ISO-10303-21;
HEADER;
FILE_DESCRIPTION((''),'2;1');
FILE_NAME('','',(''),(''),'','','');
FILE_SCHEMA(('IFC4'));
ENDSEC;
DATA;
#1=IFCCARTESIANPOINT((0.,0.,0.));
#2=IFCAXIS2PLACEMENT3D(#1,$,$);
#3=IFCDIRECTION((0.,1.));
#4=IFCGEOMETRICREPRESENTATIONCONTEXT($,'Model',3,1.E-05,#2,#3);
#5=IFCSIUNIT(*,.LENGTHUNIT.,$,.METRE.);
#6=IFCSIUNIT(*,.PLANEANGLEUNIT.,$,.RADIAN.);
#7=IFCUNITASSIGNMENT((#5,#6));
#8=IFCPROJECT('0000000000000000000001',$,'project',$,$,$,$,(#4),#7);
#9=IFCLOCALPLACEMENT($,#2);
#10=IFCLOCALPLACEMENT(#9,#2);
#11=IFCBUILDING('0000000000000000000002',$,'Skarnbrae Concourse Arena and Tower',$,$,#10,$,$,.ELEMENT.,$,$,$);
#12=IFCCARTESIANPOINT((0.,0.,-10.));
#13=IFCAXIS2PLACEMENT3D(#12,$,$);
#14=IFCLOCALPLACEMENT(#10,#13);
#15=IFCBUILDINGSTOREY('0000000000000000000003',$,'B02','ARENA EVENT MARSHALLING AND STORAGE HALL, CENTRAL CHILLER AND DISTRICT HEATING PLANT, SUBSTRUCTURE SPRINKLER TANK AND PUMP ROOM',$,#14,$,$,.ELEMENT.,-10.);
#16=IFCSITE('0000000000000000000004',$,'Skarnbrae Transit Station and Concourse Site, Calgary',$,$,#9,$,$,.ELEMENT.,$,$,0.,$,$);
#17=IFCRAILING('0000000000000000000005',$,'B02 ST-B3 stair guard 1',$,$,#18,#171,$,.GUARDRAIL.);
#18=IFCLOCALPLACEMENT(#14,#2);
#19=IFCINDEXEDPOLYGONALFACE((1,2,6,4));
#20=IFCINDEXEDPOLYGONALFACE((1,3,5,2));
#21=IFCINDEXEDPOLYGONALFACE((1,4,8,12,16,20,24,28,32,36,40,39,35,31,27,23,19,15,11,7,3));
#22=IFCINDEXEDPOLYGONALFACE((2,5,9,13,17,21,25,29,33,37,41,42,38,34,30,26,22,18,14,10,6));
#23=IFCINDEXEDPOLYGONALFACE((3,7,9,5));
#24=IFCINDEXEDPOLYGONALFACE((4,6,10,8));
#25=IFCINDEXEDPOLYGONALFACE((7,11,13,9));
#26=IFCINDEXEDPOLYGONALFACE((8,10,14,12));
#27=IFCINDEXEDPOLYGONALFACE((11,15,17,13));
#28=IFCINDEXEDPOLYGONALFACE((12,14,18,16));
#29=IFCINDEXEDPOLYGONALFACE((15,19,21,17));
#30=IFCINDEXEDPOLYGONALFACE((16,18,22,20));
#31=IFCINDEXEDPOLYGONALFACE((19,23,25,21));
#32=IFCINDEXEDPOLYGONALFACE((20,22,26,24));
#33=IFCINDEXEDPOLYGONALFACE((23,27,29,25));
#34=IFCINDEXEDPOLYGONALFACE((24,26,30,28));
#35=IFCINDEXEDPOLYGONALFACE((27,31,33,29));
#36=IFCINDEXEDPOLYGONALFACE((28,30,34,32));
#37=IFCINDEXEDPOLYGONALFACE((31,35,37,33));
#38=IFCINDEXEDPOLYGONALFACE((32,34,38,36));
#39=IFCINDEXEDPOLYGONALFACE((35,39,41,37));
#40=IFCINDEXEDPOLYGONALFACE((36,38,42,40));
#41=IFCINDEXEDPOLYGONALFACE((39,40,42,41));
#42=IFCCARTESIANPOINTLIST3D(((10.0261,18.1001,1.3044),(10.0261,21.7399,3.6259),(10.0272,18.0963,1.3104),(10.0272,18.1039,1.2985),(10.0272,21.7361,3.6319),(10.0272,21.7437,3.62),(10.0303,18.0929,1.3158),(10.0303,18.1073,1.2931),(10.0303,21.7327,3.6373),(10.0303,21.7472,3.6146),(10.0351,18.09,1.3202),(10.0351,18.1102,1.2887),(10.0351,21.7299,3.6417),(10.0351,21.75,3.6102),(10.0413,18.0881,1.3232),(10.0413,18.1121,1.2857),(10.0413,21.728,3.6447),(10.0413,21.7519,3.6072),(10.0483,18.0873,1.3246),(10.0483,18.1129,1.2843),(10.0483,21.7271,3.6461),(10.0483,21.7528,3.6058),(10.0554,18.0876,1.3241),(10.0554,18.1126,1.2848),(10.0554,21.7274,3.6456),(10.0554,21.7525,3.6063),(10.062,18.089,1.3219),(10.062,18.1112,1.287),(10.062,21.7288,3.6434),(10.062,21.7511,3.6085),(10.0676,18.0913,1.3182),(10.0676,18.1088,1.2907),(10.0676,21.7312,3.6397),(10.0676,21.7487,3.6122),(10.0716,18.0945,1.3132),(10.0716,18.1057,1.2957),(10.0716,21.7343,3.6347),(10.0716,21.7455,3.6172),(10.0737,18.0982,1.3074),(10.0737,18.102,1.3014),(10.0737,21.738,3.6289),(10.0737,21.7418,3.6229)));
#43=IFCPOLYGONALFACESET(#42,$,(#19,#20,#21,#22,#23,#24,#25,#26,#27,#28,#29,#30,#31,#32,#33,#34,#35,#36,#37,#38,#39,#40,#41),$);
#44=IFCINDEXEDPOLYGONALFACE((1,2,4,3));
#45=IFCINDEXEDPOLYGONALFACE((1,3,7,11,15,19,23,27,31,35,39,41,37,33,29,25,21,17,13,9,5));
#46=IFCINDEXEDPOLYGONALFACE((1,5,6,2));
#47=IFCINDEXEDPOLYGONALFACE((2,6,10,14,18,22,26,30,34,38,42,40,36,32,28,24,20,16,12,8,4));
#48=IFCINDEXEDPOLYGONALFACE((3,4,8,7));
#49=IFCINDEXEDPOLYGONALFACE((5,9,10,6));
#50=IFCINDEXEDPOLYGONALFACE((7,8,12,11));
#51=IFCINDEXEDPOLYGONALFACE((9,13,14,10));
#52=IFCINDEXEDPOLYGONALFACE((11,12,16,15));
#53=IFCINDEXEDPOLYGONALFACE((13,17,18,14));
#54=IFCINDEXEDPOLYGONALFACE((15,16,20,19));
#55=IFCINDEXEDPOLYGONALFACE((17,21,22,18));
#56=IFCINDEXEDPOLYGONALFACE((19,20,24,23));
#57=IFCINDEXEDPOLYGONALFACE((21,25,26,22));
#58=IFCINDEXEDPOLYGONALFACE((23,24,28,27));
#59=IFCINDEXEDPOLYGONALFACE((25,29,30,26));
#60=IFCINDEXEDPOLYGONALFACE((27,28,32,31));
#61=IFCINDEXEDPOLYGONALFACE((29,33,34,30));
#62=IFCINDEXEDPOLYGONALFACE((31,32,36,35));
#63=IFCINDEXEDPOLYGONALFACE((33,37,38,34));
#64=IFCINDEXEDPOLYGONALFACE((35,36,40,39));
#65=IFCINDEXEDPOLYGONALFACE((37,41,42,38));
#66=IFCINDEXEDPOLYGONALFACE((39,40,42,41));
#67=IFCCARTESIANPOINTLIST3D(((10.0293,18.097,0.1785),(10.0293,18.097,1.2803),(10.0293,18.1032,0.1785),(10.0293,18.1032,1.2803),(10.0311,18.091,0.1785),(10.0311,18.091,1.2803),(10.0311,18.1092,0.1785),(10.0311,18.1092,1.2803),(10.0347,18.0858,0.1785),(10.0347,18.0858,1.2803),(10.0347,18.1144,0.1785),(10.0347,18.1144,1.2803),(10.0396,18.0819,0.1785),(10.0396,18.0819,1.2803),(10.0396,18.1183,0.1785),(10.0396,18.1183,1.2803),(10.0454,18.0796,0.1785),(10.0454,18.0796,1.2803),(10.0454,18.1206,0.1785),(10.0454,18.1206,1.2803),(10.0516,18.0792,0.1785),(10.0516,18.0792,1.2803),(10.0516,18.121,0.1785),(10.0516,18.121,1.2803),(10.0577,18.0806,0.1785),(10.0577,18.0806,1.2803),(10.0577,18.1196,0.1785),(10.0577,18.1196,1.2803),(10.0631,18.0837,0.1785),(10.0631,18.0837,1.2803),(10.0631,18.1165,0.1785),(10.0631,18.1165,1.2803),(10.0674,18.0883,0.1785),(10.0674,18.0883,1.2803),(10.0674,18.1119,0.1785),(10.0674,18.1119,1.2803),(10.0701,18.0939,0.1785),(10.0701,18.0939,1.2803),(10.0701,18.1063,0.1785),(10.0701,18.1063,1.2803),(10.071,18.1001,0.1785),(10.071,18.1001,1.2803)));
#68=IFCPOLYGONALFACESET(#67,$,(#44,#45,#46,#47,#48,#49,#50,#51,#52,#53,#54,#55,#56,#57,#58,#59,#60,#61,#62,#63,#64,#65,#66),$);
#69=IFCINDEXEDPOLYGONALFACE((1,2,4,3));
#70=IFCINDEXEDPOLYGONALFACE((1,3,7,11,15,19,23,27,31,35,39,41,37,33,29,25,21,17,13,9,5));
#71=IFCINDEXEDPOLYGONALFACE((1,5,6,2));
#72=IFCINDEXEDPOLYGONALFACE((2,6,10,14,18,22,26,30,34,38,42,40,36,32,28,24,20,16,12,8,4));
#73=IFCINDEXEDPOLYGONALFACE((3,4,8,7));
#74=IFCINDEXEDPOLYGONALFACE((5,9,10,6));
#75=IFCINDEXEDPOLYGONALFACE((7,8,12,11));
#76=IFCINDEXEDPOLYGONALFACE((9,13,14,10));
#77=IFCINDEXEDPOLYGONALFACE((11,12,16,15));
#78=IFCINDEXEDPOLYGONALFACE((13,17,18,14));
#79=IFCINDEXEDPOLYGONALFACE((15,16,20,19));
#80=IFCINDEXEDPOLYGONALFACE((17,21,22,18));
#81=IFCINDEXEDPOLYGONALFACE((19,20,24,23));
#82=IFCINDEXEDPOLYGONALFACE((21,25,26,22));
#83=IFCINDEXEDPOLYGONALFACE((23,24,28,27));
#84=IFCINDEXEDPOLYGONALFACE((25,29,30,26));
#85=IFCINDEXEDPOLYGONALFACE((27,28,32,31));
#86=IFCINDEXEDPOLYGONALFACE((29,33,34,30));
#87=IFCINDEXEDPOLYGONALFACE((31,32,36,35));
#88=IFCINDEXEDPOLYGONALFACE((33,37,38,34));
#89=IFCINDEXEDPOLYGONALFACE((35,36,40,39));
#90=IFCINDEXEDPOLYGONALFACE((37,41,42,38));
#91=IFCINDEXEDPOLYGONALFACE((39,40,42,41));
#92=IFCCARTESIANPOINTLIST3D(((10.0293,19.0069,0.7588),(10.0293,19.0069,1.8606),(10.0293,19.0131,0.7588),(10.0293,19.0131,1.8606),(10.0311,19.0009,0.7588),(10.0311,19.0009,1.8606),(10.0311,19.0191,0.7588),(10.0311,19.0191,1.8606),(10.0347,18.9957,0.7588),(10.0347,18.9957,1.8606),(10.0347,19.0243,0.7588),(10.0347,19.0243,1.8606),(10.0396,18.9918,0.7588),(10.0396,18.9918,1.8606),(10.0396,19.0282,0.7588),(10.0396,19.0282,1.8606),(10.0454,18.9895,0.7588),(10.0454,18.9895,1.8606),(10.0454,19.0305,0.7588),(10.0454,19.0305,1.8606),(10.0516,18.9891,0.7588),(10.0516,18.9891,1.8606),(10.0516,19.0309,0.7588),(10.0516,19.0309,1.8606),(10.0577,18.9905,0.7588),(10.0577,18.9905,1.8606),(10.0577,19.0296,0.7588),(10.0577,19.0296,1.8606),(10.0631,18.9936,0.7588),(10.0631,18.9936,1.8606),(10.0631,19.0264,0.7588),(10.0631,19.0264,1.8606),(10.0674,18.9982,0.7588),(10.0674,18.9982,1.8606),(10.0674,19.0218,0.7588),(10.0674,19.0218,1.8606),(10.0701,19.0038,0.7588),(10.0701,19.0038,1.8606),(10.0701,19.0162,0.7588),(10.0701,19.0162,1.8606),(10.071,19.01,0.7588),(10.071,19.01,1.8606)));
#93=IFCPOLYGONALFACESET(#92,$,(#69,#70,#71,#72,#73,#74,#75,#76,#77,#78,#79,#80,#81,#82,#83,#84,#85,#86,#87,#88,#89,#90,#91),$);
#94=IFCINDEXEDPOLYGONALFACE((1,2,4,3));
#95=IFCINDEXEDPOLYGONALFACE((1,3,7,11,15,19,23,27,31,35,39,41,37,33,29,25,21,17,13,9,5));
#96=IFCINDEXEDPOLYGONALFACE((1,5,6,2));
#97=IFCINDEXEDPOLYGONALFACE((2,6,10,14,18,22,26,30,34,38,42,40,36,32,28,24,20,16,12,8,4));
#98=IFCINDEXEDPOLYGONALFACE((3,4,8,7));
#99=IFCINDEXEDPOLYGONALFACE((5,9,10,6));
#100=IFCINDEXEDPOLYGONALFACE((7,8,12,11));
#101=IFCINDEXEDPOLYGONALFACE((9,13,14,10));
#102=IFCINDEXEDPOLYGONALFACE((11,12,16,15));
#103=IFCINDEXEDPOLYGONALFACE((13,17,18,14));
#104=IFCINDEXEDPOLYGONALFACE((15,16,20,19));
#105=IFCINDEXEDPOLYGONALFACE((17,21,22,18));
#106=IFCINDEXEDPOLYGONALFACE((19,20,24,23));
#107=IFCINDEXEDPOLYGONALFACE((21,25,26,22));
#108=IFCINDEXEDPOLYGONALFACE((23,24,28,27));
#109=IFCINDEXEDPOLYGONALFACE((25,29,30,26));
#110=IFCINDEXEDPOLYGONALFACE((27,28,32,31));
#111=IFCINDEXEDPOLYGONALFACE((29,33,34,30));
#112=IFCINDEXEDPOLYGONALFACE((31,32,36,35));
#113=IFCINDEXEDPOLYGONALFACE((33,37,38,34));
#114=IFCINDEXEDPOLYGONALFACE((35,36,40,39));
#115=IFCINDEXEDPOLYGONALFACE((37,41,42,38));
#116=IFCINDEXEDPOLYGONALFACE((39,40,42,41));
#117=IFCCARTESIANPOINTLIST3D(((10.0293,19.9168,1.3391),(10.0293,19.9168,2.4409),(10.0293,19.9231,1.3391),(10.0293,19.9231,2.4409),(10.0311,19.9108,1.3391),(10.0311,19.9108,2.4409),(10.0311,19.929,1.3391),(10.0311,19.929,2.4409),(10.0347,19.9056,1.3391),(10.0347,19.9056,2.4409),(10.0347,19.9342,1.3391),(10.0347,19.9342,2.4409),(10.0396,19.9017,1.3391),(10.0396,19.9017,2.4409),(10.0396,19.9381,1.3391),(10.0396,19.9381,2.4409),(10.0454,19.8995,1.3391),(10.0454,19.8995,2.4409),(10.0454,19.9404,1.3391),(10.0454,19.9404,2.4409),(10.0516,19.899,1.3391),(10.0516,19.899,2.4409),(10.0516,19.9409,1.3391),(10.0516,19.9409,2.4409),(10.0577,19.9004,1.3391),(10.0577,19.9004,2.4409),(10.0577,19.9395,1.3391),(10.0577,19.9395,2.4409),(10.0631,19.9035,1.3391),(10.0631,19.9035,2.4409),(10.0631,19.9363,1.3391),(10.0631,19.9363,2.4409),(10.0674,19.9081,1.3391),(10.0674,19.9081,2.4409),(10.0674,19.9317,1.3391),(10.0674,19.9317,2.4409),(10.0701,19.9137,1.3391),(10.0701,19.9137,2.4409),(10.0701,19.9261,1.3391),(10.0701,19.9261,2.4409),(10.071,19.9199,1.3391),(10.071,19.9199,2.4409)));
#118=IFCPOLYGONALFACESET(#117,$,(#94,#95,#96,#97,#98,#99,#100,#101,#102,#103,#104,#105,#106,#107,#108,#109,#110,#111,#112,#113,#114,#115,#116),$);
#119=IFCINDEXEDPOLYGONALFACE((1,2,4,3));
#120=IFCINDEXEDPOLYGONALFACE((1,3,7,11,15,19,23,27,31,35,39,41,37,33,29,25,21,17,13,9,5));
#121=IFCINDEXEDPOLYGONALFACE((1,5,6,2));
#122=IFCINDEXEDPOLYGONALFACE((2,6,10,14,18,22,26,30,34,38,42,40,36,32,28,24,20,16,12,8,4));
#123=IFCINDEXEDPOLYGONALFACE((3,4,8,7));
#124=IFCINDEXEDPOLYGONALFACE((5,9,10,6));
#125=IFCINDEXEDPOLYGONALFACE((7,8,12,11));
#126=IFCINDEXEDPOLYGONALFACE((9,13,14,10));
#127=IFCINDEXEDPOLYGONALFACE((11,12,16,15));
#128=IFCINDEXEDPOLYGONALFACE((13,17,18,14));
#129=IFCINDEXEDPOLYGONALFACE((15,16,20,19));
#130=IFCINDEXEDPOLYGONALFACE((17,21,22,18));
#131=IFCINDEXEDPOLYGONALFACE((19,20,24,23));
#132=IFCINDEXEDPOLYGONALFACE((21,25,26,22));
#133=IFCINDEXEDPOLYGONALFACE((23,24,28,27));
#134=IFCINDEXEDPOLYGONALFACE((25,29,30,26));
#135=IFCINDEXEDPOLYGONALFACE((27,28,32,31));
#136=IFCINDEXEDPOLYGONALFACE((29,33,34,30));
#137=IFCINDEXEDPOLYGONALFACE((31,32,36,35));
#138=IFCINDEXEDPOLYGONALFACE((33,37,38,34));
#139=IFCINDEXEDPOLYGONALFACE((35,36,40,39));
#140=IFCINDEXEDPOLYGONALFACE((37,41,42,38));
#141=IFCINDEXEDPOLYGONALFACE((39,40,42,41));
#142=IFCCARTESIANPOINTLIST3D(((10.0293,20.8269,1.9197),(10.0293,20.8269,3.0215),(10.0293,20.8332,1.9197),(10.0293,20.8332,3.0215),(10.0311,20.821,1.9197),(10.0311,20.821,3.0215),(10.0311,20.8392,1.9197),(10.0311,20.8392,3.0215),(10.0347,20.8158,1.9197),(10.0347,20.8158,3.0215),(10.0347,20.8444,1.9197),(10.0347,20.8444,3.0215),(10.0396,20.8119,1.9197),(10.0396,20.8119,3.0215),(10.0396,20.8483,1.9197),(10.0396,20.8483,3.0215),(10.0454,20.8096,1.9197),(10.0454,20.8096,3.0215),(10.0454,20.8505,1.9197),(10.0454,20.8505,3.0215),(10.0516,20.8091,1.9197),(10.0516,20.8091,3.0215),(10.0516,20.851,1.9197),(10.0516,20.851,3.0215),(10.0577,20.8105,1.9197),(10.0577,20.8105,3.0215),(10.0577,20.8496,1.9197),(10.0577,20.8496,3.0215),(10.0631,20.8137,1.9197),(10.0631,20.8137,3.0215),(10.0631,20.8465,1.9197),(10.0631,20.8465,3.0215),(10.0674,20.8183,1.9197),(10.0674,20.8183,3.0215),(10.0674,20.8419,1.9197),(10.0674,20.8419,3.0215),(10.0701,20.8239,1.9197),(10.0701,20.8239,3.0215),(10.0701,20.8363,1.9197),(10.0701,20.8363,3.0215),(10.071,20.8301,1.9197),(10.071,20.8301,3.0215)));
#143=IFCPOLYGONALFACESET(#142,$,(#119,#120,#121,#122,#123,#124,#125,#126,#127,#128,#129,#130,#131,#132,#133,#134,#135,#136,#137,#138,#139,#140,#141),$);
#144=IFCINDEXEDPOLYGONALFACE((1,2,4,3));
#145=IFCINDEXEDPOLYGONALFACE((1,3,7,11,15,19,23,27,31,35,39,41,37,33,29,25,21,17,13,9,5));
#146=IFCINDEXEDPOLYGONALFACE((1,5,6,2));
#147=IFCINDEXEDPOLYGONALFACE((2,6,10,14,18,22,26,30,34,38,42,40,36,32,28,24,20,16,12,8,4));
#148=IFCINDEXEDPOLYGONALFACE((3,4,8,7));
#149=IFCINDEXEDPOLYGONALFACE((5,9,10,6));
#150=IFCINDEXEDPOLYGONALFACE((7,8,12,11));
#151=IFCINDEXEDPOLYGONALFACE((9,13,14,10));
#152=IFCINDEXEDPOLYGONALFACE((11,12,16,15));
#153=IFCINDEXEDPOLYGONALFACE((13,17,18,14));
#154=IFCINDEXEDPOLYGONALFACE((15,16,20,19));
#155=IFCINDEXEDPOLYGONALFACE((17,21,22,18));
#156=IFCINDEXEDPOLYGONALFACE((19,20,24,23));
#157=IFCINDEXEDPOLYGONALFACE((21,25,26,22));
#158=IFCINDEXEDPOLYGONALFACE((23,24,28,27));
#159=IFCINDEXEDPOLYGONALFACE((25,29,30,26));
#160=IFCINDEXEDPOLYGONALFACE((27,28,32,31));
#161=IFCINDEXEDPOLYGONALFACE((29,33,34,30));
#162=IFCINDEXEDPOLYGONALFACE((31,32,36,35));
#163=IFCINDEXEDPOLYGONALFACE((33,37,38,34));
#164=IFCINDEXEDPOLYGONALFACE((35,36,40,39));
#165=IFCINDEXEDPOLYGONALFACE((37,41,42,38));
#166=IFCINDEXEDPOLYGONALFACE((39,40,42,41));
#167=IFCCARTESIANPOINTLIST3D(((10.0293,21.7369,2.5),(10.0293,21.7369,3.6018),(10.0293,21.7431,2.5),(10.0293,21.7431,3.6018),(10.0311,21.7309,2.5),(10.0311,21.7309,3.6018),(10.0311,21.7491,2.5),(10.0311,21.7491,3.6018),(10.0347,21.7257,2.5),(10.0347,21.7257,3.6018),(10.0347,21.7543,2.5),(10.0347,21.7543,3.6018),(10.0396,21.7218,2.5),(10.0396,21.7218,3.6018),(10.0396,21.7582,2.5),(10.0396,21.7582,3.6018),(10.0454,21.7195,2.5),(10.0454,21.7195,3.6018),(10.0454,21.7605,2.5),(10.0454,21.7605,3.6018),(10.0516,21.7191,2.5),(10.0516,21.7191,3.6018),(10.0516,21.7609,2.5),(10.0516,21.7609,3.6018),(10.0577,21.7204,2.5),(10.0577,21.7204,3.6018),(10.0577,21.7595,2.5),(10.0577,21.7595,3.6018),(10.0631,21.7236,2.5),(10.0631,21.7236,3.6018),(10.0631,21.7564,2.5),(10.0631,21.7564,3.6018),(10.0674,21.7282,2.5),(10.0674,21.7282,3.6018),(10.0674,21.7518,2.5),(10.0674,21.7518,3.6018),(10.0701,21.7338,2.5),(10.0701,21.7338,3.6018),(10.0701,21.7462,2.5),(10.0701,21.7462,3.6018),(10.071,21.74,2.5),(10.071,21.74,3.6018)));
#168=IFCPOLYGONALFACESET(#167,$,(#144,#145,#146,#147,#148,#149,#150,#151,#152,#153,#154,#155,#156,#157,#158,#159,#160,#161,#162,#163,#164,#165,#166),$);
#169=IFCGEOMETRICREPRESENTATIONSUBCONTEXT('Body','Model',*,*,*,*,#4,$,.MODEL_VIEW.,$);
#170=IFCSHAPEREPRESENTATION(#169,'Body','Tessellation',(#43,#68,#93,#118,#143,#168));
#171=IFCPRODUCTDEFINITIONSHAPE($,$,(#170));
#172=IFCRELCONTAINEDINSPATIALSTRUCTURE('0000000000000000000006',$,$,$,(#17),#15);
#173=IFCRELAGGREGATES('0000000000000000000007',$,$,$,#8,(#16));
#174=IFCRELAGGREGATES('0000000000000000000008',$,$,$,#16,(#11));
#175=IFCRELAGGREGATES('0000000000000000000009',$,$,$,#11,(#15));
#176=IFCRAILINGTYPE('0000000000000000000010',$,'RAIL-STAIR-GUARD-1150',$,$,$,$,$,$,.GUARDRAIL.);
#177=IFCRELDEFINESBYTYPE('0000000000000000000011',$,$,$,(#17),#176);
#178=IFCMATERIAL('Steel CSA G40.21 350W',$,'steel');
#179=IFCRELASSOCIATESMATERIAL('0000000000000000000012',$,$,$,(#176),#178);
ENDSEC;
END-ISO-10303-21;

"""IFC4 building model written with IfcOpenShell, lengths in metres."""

from ifc_helpers import new_model, si_unit, direction, frame, origin, origin_2d, place, context, subcontext, project, spatial, circle, extrude, material, type_object, element, save


model = new_model("IFC4")

# Units and contexts
model_context = context("Model", 3, precision=1e-05, world=origin(), true_north=direction((0.0, 1.0)))
body_context = subcontext(model_context, "Body", "Model", "MODEL_VIEW")
ifc_project = project(units=[si_unit("LENGTHUNIT", "METRE"), si_unit("PLANEANGLEUNIT", "RADIAN")], contexts=[model_context])

# Site, building, storey
site_placement = place(None, origin())
site = spatial("IfcSite", under=ifc_project, at=site_placement, Name="Skarnbrae Transit Station and Concourse Site, Calgary", CompositionType="ELEMENT", RefElevation=0.0)
building_placement = place(site_placement, origin())
building = spatial("IfcBuilding", under=site, at=building_placement, Name="Skarnbrae Concourse Arena and Tower", CompositionType="ELEMENT")
storey_placement = place(building_placement, frame((0.0, 0.0, -10.0)))
storey = spatial("IfcBuildingStorey", under=building, at=storey_placement, Name="B02", Description="ARENA EVENT MARSHALLING AND STORAGE HALL, CENTRAL CHILLER AND DISTRICT HEATING PLANT, SUBSTRUCTURE SPRINKLER TANK AND PUMP ROOM", CompositionType="ELEMENT", Elevation=-10.0)

# Shared definitions
ifc_material_1 = material(Name="Steel CSA G40.21 350W", Category="steel")

# Railing
railing_type_1 = type_object("IfcRailingType", Name="RAIL-STAIR-GUARD-1150", PredefinedType="GUARDRAIL", material=ifc_material_1)
railing_1_placement = place(storey_placement, frame((10.05, 18.1001, 0.1785)))
element("IfcRailing", 1, at=railing_1_placement, inside=storey, type_object=railing_type_1, Name="B02 ST-B3 stair guard 1", PredefinedType="GUARDRAIL", context=body_context, shape_type="SweptSolid", body=[
    extrude(circle(Radius=0.0239, at=origin_2d()), frame((0.0, 0.0, 1.126), z_axis=(0.0, 0.843112, 0.537739), x_axis=(-1.0, 0.0, 0.0)), (0.0, 0.0, 1.0), 4.3171),
    extrude(circle(Radius=0.021, at=origin_2d()), origin(), (0.0, 0.0, 1.0), 1.1018),
    extrude(circle(Radius=0.021, at=origin_2d()), frame((0.0, 0.9099, 0.5803)), (0.0, 0.0, 1.0), 1.1018),
    extrude(circle(Radius=0.021, at=origin_2d()), frame((0.0, 1.8198, 1.1606)), (0.0, 0.0, 1.0), 1.1018),
    extrude(circle(Radius=0.021, at=origin_2d()), frame((0.0, 2.73, 1.7412)), (0.0, 0.0, 1.0), 1.1018),
    extrude(circle(Radius=0.021, at=origin_2d()), frame((0.0, 3.6399, 2.3215)), (0.0, 0.0, 1.0), 1.1018),
])

save(model, "model.ifc")
